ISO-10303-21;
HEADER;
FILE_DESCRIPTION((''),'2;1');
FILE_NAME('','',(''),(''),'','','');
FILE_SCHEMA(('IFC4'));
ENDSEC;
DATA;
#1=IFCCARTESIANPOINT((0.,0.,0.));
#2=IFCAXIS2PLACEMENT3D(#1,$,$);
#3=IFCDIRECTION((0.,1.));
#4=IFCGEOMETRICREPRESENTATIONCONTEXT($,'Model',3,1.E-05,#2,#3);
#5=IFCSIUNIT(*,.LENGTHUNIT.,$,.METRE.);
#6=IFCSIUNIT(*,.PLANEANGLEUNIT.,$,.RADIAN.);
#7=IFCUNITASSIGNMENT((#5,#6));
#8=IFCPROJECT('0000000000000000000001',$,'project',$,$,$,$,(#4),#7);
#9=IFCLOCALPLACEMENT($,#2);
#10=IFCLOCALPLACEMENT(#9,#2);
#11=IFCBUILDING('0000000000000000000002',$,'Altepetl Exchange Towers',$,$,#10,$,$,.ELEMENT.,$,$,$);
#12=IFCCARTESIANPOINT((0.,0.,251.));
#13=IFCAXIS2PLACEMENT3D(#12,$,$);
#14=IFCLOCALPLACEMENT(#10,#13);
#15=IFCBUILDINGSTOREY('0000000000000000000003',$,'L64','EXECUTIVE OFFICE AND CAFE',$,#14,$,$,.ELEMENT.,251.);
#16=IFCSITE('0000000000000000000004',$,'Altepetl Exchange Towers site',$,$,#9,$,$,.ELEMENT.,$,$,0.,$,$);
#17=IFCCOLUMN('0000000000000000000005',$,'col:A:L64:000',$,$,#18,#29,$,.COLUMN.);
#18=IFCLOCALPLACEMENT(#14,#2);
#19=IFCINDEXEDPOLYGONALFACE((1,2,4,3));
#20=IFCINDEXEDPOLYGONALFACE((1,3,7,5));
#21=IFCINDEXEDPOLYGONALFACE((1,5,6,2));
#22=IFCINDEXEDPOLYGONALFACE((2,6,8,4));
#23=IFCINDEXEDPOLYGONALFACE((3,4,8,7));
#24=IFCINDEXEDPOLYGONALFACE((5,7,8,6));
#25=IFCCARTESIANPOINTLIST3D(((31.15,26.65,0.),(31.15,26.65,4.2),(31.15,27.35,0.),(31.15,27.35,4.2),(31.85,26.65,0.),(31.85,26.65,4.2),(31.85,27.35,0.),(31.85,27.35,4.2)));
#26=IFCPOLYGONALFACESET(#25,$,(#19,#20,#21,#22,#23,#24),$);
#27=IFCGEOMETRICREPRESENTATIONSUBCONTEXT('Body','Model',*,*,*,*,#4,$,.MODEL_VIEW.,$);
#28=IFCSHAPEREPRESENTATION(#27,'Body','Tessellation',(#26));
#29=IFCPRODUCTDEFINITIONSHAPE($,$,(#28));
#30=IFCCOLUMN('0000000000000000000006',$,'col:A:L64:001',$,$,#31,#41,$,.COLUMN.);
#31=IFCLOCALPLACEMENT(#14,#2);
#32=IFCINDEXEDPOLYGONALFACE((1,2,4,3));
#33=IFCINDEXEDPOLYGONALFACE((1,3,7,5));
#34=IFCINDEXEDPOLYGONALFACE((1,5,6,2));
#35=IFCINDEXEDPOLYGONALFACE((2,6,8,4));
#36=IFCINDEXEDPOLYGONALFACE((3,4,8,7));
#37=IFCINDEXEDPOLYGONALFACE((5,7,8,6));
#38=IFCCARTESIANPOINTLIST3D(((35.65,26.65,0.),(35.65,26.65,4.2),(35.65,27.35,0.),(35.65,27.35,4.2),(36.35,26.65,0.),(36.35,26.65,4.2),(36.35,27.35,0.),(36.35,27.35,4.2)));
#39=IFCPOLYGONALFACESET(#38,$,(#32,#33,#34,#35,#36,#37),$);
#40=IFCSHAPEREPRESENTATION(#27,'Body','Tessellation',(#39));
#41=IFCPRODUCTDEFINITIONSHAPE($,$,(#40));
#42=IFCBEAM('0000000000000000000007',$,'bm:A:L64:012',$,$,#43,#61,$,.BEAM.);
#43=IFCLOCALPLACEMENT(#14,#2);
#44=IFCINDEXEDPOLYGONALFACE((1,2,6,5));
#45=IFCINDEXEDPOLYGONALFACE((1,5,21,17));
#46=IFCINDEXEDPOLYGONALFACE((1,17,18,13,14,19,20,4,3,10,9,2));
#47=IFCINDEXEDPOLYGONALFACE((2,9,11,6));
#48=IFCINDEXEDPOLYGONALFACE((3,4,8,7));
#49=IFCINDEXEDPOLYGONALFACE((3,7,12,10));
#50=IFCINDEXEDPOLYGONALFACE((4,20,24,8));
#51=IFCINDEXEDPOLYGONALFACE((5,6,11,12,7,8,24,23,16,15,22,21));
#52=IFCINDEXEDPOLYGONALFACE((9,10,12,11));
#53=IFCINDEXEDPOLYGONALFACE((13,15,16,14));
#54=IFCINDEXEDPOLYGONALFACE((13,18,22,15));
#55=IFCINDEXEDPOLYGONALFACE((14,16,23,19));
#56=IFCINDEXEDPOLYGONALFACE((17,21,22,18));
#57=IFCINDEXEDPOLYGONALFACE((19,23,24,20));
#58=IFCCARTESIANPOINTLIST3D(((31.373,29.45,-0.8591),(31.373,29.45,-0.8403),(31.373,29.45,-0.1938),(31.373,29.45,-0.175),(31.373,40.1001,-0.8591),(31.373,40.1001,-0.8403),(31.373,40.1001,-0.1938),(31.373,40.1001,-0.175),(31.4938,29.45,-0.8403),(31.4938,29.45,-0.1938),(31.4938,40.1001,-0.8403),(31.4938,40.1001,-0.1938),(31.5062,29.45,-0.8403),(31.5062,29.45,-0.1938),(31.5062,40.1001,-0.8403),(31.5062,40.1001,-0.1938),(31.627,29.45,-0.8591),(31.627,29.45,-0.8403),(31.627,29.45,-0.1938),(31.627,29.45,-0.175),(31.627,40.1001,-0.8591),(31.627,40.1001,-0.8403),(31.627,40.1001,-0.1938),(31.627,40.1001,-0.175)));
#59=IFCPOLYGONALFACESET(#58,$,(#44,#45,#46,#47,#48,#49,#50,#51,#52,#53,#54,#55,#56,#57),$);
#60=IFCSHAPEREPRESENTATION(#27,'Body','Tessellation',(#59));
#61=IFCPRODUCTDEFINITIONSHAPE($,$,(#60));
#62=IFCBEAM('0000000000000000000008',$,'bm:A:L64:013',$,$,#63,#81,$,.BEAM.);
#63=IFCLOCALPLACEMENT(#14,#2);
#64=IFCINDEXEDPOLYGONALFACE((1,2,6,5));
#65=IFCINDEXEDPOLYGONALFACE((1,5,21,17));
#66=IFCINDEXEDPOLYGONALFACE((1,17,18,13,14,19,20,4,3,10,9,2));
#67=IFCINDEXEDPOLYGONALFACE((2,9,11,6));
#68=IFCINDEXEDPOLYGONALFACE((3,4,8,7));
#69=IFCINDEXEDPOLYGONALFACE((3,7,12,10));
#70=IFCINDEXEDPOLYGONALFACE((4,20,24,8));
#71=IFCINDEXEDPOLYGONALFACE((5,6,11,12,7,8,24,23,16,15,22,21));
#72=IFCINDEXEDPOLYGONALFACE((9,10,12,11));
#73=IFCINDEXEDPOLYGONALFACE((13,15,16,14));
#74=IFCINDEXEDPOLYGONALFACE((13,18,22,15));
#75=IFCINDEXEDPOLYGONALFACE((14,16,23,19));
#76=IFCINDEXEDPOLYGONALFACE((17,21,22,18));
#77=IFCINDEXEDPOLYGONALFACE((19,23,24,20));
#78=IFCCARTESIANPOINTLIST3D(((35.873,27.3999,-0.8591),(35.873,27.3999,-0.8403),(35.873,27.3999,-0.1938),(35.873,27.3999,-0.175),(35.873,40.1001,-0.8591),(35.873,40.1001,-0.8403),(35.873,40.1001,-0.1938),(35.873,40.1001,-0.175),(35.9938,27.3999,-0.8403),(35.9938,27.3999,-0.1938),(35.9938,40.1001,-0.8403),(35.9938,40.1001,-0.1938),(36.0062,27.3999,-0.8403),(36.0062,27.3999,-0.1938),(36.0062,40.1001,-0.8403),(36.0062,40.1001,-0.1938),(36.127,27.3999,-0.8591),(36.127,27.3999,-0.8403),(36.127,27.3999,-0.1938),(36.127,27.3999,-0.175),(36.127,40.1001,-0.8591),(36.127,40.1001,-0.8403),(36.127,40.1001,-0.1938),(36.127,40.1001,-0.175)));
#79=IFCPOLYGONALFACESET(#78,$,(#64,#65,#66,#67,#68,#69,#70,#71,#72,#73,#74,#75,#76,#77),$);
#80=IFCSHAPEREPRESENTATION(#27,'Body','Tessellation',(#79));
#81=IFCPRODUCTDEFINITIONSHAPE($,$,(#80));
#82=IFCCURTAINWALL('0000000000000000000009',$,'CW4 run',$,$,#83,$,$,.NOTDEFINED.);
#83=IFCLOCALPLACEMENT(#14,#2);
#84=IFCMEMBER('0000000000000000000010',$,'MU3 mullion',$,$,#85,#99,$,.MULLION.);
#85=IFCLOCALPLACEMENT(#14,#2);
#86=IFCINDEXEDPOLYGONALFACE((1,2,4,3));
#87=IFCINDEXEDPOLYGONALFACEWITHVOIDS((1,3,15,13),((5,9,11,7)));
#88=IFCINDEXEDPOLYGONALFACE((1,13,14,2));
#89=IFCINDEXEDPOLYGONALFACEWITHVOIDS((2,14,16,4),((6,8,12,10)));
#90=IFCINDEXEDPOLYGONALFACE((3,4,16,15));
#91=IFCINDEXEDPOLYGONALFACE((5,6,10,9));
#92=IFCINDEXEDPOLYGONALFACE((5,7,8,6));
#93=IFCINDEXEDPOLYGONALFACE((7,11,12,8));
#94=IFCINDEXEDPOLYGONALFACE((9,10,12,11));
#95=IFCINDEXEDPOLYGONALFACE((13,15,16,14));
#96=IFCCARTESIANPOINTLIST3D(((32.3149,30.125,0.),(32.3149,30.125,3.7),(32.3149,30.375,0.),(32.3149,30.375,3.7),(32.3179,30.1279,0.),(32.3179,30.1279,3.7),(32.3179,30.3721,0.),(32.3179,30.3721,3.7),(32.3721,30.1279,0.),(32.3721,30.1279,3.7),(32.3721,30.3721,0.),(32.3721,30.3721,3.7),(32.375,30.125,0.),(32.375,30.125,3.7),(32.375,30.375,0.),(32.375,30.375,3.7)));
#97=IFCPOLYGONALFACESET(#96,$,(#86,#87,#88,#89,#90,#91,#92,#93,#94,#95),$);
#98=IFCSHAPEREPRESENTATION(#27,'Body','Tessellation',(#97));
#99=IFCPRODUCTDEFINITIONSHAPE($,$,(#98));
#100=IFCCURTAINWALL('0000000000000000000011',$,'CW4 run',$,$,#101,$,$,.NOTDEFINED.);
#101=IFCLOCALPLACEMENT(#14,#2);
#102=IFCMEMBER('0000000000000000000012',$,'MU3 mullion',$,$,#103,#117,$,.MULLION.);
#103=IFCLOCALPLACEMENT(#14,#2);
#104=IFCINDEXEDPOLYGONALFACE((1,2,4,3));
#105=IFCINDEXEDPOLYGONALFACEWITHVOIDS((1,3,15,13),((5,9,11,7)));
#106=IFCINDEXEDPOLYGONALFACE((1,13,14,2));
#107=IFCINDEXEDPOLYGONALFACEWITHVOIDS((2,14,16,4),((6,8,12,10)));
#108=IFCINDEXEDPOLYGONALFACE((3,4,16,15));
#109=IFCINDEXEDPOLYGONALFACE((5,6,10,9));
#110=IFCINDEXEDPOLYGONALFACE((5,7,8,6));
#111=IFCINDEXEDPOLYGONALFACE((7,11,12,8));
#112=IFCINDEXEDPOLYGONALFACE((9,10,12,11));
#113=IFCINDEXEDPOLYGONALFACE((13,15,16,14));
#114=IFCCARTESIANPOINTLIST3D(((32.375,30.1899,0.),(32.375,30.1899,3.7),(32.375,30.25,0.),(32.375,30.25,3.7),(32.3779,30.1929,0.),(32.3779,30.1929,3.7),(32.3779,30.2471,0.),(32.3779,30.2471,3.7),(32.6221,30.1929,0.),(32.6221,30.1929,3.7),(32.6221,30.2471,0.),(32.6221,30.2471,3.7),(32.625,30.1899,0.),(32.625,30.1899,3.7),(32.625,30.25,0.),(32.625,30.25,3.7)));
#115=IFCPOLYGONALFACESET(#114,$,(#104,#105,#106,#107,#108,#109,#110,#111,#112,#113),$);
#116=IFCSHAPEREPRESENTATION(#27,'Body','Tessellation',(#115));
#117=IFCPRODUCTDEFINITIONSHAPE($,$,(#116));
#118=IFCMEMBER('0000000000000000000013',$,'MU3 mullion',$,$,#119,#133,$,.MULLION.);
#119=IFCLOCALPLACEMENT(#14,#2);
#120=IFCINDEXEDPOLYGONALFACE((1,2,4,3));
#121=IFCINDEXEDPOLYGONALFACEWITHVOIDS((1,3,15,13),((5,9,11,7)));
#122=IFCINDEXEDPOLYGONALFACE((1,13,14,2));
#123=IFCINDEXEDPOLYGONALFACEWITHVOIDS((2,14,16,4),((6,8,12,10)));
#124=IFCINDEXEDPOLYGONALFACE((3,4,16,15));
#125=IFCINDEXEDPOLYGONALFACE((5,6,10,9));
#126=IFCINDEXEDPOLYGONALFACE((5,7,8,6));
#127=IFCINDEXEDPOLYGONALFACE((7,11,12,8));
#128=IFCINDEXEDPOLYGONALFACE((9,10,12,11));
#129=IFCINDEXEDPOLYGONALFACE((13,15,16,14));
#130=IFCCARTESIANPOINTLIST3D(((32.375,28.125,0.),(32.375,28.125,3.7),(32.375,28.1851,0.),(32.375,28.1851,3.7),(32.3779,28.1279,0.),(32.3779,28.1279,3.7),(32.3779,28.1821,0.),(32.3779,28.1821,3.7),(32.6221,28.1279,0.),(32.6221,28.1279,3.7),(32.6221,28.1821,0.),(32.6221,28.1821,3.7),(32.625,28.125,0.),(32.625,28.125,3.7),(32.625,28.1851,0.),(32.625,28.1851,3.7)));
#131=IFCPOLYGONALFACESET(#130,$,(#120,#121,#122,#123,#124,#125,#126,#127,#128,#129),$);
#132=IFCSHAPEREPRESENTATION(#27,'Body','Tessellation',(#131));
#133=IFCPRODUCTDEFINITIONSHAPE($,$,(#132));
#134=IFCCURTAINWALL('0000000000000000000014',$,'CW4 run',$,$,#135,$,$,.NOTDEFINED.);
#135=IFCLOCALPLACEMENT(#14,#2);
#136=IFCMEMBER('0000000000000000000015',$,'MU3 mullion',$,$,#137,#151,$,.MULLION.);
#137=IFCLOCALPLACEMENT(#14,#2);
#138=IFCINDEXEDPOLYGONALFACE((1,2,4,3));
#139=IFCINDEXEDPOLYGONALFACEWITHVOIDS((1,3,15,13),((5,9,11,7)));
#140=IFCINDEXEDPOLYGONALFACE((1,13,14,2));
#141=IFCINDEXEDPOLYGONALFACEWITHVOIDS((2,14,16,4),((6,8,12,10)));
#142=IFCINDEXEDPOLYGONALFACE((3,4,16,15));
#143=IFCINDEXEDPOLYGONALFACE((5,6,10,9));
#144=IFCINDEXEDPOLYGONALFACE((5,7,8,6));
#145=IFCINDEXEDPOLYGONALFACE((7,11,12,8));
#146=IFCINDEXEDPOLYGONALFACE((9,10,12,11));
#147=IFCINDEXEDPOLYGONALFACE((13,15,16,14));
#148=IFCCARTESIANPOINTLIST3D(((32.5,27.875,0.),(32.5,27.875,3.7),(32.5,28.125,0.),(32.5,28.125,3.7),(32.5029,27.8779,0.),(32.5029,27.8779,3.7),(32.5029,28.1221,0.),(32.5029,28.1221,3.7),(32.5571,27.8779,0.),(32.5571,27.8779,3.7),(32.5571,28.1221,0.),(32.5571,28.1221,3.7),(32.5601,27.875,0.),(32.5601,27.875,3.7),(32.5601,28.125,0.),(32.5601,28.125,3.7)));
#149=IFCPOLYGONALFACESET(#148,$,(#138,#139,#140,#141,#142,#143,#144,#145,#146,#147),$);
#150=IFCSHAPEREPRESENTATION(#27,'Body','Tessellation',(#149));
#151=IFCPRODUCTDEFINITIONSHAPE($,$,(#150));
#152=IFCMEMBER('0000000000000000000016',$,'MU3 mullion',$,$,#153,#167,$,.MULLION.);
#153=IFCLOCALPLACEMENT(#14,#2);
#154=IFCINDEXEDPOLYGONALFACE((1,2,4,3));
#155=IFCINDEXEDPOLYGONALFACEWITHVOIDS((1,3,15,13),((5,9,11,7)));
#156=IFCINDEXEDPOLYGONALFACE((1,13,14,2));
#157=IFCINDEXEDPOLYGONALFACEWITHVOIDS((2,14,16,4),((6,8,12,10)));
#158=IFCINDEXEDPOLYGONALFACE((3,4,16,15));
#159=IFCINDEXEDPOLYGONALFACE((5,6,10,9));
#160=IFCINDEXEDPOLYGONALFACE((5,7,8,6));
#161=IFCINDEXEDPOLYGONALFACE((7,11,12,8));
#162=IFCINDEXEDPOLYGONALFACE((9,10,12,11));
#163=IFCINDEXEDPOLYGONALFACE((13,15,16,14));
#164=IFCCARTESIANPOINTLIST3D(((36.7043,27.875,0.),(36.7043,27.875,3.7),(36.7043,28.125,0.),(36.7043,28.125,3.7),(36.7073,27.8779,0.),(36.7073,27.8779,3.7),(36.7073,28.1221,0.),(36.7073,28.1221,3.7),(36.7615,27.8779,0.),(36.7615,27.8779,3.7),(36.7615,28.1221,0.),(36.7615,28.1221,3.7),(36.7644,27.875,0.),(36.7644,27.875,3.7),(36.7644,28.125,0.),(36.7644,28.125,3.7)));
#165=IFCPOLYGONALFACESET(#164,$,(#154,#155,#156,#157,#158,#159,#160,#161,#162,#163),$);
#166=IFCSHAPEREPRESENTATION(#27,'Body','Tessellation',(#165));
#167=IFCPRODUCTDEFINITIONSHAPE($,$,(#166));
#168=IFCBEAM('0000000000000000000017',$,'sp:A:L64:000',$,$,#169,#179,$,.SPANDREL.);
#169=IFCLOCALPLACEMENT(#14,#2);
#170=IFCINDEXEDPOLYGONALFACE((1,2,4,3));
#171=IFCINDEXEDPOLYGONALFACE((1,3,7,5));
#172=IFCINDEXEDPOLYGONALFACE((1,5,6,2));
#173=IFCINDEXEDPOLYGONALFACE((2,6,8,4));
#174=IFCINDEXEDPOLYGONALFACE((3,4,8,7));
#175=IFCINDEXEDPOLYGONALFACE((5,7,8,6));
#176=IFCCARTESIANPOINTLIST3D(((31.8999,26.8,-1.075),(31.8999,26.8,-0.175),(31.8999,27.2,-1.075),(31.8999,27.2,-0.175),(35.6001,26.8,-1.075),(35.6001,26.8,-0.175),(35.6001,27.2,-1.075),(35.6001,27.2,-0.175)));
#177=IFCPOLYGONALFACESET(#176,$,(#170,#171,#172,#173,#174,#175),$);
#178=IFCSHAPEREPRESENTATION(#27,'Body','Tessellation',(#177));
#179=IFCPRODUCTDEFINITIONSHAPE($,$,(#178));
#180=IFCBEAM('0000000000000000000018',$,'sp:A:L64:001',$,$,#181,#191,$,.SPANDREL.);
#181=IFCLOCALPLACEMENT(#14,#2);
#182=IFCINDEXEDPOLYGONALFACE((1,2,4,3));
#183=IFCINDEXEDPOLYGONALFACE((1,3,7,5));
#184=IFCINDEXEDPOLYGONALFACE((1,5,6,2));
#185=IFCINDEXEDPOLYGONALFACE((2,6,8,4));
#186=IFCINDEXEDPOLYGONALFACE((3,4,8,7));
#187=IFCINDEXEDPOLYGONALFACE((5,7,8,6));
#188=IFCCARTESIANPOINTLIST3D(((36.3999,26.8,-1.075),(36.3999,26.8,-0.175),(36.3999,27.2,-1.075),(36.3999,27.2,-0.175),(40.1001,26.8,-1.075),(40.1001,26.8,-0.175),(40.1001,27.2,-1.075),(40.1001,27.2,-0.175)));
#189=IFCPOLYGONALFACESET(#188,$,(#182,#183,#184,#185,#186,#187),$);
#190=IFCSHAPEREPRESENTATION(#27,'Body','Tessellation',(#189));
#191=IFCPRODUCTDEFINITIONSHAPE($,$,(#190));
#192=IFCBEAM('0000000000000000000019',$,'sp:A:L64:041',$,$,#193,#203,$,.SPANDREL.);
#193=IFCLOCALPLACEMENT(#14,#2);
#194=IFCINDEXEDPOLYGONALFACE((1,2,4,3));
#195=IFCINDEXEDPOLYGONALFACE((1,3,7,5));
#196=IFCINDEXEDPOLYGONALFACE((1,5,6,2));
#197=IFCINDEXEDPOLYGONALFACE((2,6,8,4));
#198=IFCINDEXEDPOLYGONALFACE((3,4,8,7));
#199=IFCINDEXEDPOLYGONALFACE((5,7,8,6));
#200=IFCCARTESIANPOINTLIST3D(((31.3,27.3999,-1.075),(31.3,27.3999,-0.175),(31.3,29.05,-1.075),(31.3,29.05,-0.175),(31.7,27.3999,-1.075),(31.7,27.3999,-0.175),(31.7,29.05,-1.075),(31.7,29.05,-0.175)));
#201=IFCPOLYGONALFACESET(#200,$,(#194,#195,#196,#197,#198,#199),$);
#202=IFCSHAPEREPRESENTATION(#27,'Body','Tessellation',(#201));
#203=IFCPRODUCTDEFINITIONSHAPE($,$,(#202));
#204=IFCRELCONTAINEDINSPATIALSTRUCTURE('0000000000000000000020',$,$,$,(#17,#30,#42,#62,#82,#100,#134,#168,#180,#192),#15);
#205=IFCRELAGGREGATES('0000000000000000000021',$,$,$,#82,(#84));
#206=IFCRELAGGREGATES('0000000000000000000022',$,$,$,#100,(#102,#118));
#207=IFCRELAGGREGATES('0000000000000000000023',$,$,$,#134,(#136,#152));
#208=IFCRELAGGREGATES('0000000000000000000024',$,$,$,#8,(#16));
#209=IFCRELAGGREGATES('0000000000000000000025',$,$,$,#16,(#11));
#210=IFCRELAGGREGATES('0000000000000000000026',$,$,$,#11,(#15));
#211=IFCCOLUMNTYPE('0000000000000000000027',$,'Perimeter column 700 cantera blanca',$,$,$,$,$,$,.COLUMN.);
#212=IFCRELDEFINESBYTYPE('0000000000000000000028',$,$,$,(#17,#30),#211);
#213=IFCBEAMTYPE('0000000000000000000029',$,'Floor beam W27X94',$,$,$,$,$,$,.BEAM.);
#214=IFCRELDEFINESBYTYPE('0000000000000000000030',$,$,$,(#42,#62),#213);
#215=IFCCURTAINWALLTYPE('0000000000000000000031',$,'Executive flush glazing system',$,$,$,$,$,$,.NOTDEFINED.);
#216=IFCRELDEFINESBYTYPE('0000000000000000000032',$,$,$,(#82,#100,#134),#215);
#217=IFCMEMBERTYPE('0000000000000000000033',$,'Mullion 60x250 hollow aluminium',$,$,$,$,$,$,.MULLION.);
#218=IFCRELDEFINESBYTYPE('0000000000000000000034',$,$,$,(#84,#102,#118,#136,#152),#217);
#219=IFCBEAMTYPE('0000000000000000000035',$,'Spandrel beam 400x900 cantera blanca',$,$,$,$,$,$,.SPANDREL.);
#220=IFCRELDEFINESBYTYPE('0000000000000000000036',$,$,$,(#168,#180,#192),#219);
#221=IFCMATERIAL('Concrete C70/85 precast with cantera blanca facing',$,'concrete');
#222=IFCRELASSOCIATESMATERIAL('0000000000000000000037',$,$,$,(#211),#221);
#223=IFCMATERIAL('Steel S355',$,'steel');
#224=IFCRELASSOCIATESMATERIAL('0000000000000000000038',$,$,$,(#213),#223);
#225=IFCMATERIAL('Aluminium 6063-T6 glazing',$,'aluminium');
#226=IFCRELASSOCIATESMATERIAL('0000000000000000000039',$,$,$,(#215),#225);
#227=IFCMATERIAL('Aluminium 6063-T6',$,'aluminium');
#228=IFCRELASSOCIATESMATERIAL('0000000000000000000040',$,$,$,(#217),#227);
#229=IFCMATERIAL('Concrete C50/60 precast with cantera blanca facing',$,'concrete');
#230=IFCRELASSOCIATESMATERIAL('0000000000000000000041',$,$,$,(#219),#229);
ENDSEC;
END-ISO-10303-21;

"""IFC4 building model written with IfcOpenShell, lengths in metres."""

from ifc_helpers import new_model, si_unit, direction, frame, origin, origin_2d, place, context, subcontext, project, spatial, rectangle, hollow_rectangle, i_section, extrude, material, material_profile, profile_set, type_object, element, aggregate, save


model = new_model("IFC4")

# Units and contexts
model_context = context("Model", 3, precision=1e-05, world=origin(), true_north=direction((0.0, 1.0)))
body_context = subcontext(model_context, "Body", "Model", "MODEL_VIEW")
ifc_project = project(units=[si_unit("LENGTHUNIT", "METRE"), si_unit("PLANEANGLEUNIT", "RADIAN")], contexts=[model_context])

# Site, building, storey
site_placement = place(None, origin())
site = spatial("IfcSite", under=ifc_project, at=site_placement, Name="Altepetl Exchange Towers site", CompositionType="ELEMENT", RefElevation=0.0)
building_placement = place(site_placement, origin())
building = spatial("IfcBuilding", under=site, at=building_placement, Name="Altepetl Exchange Towers", CompositionType="ELEMENT")
storey_placement = place(building_placement, frame((0.0, 0.0, 251.0)))
storey = spatial("IfcBuildingStorey", under=building, at=storey_placement, Name="L64", Description="EXECUTIVE OFFICE AND CAFE", CompositionType="ELEMENT", Elevation=251.0)

# Columns
ifc_material_1 = material(Name="Concrete C70/85 precast with cantera blanca facing", Category="concrete")
ifc_material_profile_1 = material_profile(ifc_material_1, rectangle(XDim=0.7, YDim=0.7, at=origin_2d()), Name="700 x 700")
ifc_profile_set_1 = profile_set([ifc_material_profile_1], Name="Concrete C70/85 precast with cantera blanca facing")
column_type = type_object("IfcColumnType", Name="Perimeter column 700 cantera blanca", PredefinedType="COLUMN", material=ifc_profile_set_1)
for number, where, name in (
    (1, (31.5, 27.0, 0.0), "col:A:L64:000"),
    (2, (36.0, 27.0, 0.0), "col:A:L64:001"),
):
    element("IfcColumn", number, at=place(storey_placement, frame(where)), inside=storey, type_object=column_type, Name=name, PredefinedType="COLUMN", context=body_context, shape_type="SweptSolid", body=[
        extrude(rectangle(XDim=0.7, YDim=0.7, at=origin_2d()), origin(), (0.0, 0.0, 1.0), 4.2),
    ])

# Beams
ifc_material_2 = material(Name="Steel S355", Category="steel")
ifc_material_profile_2 = material_profile(ifc_material_2, i_section(OverallWidth=0.2539, OverallDepth=0.6841, WebThickness=0.0125, FlangeThickness=0.0188, at=origin_2d()), Name="W27X94")
ifc_profile_set_2 = profile_set([ifc_material_profile_2], Name="Steel S355")
beam_type_1 = type_object("IfcBeamType", Name="Floor beam W27X94", PredefinedType="BEAM", material=ifc_profile_set_2)
beam_1_placement = place(storey_placement, frame((31.5, 29.45, -0.5171), z_axis=(0.0, 1.0, 0.0), x_axis=(-1.0, 0.0, 0.0)))
element("IfcBeam", 3, at=beam_1_placement, inside=storey, type_object=beam_type_1, Name="bm:A:L64:012", PredefinedType="BEAM", context=body_context, shape_type="SweptSolid", body=[
    extrude(i_section(OverallWidth=0.2539, OverallDepth=0.6841, WebThickness=0.0125, FlangeThickness=0.0188, at=origin_2d()), origin(), (0.0, 0.0, 1.0), 10.6501),
])
beam_2_placement = place(storey_placement, frame((36.0, 27.3999, -0.5171), z_axis=(0.0, 1.0, 0.0), x_axis=(-1.0, 0.0, 0.0)))
element("IfcBeam", 4, at=beam_2_placement, inside=storey, type_object=beam_type_1, Name="bm:A:L64:013", PredefinedType="BEAM", context=body_context, shape_type="SweptSolid", body=[
    extrude(i_section(OverallWidth=0.2539, OverallDepth=0.6841, WebThickness=0.0125, FlangeThickness=0.0188, at=origin_2d()), origin(), (0.0, 0.0, 1.0), 12.7002),
])

# Curtain wall, member
ifc_material_3 = material(Name="Aluminium 6063-T6 glazing", Category="aluminium")
curtain_wall_type = type_object("IfcCurtainWallType", Name="Executive flush glazing system", PredefinedType="NOTDEFINED", material=ifc_material_3)
curtain_wall_1_placement = place(storey_placement, origin())
curtain_wall_1 = element("IfcCurtainWall", 5, at=curtain_wall_1_placement, inside=storey, type_object=curtain_wall_type, Name="CW4 run", PredefinedType="NOTDEFINED")
ifc_material_4 = material(Name="Aluminium 6063-T6", Category="aluminium")
ifc_material_profile_3 = material_profile(ifc_material_4, hollow_rectangle(XDim=0.0601, YDim=0.25, WallThickness=0.0029, at=origin_2d()), Name="Mullion 60x250 hollow aluminium")
ifc_profile_set_3 = profile_set([ifc_material_profile_3], Name="Aluminium 6063-T6")
member_type_1 = type_object("IfcMemberType", Name="Mullion 60x250 hollow aluminium", PredefinedType="MULLION", material=ifc_profile_set_3)
member_1_placement = place(storey_placement, frame((32.345, 30.25, 0.0)))
member_1 = element("IfcMember", 6, at=member_1_placement, type_object=member_type_1, Name="MU3 mullion", PredefinedType="MULLION", context=body_context, shape_type="SweptSolid", body=[
    extrude(hollow_rectangle(XDim=0.0601, YDim=0.25, WallThickness=0.0029, at=origin_2d()), origin(), (0.0, 0.0, 1.0), 3.7),
])
aggregate(curtain_wall_1, [member_1])

# Curtain walls, members
curtain_wall_2_placement = place(storey_placement, origin())
curtain_wall_2 = element("IfcCurtainWall", 7, at=curtain_wall_2_placement, inside=storey, type_object=curtain_wall_type, Name="CW4 run", PredefinedType="NOTDEFINED")
member_2_placement = place(storey_placement, frame((32.5, 30.22, 0.0), z_axis=(0.0, 0.0, 1.0), x_axis=(0.0, -1.0, 0.0)))
member_2 = element("IfcMember", 8, at=member_2_placement, type_object=member_type_1, Name="MU3 mullion", PredefinedType="MULLION", context=body_context, shape_type="SweptSolid", body=[
    extrude(hollow_rectangle(XDim=0.0601, YDim=0.25, WallThickness=0.0029, at=origin_2d()), origin(), (0.0, 0.0, 1.0), 3.7),
])
member_3_placement = place(storey_placement, frame((32.5, 28.155, 0.0), z_axis=(0.0, 0.0, 1.0), x_axis=(0.0, -1.0, 0.0)))
member_3 = element("IfcMember", 9, at=member_3_placement, type_object=member_type_1, Name="MU3 mullion", PredefinedType="MULLION", context=body_context, shape_type="SweptSolid", body=[
    extrude(hollow_rectangle(XDim=0.0601, YDim=0.25, WallThickness=0.0029, at=origin_2d()), origin(), (0.0, 0.0, 1.0), 3.7),
])
curtain_wall_3_placement = place(storey_placement, origin())
curtain_wall_3 = element("IfcCurtainWall", 10, at=curtain_wall_3_placement, inside=storey, type_object=curtain_wall_type, Name="CW4 run", PredefinedType="NOTDEFINED")
member_4_placement = place(storey_placement, frame((32.53, 28.0, 0.0)))
member_4 = element("IfcMember", 11, at=member_4_placement, type_object=member_type_1, Name="MU3 mullion", PredefinedType="MULLION", context=body_context, shape_type="SweptSolid", body=[
    extrude(hollow_rectangle(XDim=0.0601, YDim=0.25, WallThickness=0.0029, at=origin_2d()), origin(), (0.0, 0.0, 1.0), 3.7),
])
member_5_placement = place(storey_placement, frame((36.7344, 28.0, 0.0)))
member_5 = element("IfcMember", 12, at=member_5_placement, type_object=member_type_1, Name="MU3 mullion", PredefinedType="MULLION", context=body_context, shape_type="SweptSolid", body=[
    extrude(hollow_rectangle(XDim=0.0601, YDim=0.25, WallThickness=0.0029, at=origin_2d()), origin(), (0.0, 0.0, 1.0), 3.7),
])

# Beams
ifc_material_5 = material(Name="Concrete C50/60 precast with cantera blanca facing", Category="concrete")
ifc_material_profile_4 = material_profile(ifc_material_5, rectangle(XDim=0.3999, YDim=0.8999, at=origin_2d()), Name="400 x 900")
ifc_profile_set_4 = profile_set([ifc_material_profile_4], Name="Concrete C50/60 precast with cantera blanca facing")
beam_type_2 = type_object("IfcBeamType", Name="Spandrel beam 400x900 cantera blanca", PredefinedType="SPANDREL", material=ifc_profile_set_4)
for number, where, z_axis, x_axis, name in (
    (13, (31.8999, 27.0, -0.625), (1.0, 0.0, 0.0), (0.0, 1.0, 0.0), "sp:A:L64:000"),
    (14, (36.3999, 27.0, -0.625), (1.0, 0.0, 0.0), (0.0, 1.0, 0.0), "sp:A:L64:001"),
):
    element("IfcBeam", number, at=place(storey_placement, frame(where, z_axis=z_axis, x_axis=x_axis)), inside=storey, type_object=beam_type_2, Name=name, PredefinedType="SPANDREL", context=body_context, shape_type="SweptSolid", body=[
        extrude(rectangle(XDim=0.3999, YDim=0.8999, at=origin_2d()), origin(), (0.0, 0.0, 1.0), 3.7002),
    ])
beam_3_placement = place(storey_placement, frame((31.5, 29.05, -0.625), z_axis=(0.0, -1.0, 0.0), x_axis=(1.0, 0.0, 0.0)))
element("IfcBeam", 15, at=beam_3_placement, inside=storey, type_object=beam_type_2, Name="sp:A:L64:041", PredefinedType="SPANDREL", context=body_context, shape_type="SweptSolid", body=[
    extrude(rectangle(XDim=0.3999, YDim=0.8999, at=origin_2d()), origin(), (0.0, 0.0, 1.0), 1.6501),
])

aggregate(curtain_wall_2, [member_2, member_3])
aggregate(curtain_wall_3, [member_4, member_5])

save(model, "model.ifc")
